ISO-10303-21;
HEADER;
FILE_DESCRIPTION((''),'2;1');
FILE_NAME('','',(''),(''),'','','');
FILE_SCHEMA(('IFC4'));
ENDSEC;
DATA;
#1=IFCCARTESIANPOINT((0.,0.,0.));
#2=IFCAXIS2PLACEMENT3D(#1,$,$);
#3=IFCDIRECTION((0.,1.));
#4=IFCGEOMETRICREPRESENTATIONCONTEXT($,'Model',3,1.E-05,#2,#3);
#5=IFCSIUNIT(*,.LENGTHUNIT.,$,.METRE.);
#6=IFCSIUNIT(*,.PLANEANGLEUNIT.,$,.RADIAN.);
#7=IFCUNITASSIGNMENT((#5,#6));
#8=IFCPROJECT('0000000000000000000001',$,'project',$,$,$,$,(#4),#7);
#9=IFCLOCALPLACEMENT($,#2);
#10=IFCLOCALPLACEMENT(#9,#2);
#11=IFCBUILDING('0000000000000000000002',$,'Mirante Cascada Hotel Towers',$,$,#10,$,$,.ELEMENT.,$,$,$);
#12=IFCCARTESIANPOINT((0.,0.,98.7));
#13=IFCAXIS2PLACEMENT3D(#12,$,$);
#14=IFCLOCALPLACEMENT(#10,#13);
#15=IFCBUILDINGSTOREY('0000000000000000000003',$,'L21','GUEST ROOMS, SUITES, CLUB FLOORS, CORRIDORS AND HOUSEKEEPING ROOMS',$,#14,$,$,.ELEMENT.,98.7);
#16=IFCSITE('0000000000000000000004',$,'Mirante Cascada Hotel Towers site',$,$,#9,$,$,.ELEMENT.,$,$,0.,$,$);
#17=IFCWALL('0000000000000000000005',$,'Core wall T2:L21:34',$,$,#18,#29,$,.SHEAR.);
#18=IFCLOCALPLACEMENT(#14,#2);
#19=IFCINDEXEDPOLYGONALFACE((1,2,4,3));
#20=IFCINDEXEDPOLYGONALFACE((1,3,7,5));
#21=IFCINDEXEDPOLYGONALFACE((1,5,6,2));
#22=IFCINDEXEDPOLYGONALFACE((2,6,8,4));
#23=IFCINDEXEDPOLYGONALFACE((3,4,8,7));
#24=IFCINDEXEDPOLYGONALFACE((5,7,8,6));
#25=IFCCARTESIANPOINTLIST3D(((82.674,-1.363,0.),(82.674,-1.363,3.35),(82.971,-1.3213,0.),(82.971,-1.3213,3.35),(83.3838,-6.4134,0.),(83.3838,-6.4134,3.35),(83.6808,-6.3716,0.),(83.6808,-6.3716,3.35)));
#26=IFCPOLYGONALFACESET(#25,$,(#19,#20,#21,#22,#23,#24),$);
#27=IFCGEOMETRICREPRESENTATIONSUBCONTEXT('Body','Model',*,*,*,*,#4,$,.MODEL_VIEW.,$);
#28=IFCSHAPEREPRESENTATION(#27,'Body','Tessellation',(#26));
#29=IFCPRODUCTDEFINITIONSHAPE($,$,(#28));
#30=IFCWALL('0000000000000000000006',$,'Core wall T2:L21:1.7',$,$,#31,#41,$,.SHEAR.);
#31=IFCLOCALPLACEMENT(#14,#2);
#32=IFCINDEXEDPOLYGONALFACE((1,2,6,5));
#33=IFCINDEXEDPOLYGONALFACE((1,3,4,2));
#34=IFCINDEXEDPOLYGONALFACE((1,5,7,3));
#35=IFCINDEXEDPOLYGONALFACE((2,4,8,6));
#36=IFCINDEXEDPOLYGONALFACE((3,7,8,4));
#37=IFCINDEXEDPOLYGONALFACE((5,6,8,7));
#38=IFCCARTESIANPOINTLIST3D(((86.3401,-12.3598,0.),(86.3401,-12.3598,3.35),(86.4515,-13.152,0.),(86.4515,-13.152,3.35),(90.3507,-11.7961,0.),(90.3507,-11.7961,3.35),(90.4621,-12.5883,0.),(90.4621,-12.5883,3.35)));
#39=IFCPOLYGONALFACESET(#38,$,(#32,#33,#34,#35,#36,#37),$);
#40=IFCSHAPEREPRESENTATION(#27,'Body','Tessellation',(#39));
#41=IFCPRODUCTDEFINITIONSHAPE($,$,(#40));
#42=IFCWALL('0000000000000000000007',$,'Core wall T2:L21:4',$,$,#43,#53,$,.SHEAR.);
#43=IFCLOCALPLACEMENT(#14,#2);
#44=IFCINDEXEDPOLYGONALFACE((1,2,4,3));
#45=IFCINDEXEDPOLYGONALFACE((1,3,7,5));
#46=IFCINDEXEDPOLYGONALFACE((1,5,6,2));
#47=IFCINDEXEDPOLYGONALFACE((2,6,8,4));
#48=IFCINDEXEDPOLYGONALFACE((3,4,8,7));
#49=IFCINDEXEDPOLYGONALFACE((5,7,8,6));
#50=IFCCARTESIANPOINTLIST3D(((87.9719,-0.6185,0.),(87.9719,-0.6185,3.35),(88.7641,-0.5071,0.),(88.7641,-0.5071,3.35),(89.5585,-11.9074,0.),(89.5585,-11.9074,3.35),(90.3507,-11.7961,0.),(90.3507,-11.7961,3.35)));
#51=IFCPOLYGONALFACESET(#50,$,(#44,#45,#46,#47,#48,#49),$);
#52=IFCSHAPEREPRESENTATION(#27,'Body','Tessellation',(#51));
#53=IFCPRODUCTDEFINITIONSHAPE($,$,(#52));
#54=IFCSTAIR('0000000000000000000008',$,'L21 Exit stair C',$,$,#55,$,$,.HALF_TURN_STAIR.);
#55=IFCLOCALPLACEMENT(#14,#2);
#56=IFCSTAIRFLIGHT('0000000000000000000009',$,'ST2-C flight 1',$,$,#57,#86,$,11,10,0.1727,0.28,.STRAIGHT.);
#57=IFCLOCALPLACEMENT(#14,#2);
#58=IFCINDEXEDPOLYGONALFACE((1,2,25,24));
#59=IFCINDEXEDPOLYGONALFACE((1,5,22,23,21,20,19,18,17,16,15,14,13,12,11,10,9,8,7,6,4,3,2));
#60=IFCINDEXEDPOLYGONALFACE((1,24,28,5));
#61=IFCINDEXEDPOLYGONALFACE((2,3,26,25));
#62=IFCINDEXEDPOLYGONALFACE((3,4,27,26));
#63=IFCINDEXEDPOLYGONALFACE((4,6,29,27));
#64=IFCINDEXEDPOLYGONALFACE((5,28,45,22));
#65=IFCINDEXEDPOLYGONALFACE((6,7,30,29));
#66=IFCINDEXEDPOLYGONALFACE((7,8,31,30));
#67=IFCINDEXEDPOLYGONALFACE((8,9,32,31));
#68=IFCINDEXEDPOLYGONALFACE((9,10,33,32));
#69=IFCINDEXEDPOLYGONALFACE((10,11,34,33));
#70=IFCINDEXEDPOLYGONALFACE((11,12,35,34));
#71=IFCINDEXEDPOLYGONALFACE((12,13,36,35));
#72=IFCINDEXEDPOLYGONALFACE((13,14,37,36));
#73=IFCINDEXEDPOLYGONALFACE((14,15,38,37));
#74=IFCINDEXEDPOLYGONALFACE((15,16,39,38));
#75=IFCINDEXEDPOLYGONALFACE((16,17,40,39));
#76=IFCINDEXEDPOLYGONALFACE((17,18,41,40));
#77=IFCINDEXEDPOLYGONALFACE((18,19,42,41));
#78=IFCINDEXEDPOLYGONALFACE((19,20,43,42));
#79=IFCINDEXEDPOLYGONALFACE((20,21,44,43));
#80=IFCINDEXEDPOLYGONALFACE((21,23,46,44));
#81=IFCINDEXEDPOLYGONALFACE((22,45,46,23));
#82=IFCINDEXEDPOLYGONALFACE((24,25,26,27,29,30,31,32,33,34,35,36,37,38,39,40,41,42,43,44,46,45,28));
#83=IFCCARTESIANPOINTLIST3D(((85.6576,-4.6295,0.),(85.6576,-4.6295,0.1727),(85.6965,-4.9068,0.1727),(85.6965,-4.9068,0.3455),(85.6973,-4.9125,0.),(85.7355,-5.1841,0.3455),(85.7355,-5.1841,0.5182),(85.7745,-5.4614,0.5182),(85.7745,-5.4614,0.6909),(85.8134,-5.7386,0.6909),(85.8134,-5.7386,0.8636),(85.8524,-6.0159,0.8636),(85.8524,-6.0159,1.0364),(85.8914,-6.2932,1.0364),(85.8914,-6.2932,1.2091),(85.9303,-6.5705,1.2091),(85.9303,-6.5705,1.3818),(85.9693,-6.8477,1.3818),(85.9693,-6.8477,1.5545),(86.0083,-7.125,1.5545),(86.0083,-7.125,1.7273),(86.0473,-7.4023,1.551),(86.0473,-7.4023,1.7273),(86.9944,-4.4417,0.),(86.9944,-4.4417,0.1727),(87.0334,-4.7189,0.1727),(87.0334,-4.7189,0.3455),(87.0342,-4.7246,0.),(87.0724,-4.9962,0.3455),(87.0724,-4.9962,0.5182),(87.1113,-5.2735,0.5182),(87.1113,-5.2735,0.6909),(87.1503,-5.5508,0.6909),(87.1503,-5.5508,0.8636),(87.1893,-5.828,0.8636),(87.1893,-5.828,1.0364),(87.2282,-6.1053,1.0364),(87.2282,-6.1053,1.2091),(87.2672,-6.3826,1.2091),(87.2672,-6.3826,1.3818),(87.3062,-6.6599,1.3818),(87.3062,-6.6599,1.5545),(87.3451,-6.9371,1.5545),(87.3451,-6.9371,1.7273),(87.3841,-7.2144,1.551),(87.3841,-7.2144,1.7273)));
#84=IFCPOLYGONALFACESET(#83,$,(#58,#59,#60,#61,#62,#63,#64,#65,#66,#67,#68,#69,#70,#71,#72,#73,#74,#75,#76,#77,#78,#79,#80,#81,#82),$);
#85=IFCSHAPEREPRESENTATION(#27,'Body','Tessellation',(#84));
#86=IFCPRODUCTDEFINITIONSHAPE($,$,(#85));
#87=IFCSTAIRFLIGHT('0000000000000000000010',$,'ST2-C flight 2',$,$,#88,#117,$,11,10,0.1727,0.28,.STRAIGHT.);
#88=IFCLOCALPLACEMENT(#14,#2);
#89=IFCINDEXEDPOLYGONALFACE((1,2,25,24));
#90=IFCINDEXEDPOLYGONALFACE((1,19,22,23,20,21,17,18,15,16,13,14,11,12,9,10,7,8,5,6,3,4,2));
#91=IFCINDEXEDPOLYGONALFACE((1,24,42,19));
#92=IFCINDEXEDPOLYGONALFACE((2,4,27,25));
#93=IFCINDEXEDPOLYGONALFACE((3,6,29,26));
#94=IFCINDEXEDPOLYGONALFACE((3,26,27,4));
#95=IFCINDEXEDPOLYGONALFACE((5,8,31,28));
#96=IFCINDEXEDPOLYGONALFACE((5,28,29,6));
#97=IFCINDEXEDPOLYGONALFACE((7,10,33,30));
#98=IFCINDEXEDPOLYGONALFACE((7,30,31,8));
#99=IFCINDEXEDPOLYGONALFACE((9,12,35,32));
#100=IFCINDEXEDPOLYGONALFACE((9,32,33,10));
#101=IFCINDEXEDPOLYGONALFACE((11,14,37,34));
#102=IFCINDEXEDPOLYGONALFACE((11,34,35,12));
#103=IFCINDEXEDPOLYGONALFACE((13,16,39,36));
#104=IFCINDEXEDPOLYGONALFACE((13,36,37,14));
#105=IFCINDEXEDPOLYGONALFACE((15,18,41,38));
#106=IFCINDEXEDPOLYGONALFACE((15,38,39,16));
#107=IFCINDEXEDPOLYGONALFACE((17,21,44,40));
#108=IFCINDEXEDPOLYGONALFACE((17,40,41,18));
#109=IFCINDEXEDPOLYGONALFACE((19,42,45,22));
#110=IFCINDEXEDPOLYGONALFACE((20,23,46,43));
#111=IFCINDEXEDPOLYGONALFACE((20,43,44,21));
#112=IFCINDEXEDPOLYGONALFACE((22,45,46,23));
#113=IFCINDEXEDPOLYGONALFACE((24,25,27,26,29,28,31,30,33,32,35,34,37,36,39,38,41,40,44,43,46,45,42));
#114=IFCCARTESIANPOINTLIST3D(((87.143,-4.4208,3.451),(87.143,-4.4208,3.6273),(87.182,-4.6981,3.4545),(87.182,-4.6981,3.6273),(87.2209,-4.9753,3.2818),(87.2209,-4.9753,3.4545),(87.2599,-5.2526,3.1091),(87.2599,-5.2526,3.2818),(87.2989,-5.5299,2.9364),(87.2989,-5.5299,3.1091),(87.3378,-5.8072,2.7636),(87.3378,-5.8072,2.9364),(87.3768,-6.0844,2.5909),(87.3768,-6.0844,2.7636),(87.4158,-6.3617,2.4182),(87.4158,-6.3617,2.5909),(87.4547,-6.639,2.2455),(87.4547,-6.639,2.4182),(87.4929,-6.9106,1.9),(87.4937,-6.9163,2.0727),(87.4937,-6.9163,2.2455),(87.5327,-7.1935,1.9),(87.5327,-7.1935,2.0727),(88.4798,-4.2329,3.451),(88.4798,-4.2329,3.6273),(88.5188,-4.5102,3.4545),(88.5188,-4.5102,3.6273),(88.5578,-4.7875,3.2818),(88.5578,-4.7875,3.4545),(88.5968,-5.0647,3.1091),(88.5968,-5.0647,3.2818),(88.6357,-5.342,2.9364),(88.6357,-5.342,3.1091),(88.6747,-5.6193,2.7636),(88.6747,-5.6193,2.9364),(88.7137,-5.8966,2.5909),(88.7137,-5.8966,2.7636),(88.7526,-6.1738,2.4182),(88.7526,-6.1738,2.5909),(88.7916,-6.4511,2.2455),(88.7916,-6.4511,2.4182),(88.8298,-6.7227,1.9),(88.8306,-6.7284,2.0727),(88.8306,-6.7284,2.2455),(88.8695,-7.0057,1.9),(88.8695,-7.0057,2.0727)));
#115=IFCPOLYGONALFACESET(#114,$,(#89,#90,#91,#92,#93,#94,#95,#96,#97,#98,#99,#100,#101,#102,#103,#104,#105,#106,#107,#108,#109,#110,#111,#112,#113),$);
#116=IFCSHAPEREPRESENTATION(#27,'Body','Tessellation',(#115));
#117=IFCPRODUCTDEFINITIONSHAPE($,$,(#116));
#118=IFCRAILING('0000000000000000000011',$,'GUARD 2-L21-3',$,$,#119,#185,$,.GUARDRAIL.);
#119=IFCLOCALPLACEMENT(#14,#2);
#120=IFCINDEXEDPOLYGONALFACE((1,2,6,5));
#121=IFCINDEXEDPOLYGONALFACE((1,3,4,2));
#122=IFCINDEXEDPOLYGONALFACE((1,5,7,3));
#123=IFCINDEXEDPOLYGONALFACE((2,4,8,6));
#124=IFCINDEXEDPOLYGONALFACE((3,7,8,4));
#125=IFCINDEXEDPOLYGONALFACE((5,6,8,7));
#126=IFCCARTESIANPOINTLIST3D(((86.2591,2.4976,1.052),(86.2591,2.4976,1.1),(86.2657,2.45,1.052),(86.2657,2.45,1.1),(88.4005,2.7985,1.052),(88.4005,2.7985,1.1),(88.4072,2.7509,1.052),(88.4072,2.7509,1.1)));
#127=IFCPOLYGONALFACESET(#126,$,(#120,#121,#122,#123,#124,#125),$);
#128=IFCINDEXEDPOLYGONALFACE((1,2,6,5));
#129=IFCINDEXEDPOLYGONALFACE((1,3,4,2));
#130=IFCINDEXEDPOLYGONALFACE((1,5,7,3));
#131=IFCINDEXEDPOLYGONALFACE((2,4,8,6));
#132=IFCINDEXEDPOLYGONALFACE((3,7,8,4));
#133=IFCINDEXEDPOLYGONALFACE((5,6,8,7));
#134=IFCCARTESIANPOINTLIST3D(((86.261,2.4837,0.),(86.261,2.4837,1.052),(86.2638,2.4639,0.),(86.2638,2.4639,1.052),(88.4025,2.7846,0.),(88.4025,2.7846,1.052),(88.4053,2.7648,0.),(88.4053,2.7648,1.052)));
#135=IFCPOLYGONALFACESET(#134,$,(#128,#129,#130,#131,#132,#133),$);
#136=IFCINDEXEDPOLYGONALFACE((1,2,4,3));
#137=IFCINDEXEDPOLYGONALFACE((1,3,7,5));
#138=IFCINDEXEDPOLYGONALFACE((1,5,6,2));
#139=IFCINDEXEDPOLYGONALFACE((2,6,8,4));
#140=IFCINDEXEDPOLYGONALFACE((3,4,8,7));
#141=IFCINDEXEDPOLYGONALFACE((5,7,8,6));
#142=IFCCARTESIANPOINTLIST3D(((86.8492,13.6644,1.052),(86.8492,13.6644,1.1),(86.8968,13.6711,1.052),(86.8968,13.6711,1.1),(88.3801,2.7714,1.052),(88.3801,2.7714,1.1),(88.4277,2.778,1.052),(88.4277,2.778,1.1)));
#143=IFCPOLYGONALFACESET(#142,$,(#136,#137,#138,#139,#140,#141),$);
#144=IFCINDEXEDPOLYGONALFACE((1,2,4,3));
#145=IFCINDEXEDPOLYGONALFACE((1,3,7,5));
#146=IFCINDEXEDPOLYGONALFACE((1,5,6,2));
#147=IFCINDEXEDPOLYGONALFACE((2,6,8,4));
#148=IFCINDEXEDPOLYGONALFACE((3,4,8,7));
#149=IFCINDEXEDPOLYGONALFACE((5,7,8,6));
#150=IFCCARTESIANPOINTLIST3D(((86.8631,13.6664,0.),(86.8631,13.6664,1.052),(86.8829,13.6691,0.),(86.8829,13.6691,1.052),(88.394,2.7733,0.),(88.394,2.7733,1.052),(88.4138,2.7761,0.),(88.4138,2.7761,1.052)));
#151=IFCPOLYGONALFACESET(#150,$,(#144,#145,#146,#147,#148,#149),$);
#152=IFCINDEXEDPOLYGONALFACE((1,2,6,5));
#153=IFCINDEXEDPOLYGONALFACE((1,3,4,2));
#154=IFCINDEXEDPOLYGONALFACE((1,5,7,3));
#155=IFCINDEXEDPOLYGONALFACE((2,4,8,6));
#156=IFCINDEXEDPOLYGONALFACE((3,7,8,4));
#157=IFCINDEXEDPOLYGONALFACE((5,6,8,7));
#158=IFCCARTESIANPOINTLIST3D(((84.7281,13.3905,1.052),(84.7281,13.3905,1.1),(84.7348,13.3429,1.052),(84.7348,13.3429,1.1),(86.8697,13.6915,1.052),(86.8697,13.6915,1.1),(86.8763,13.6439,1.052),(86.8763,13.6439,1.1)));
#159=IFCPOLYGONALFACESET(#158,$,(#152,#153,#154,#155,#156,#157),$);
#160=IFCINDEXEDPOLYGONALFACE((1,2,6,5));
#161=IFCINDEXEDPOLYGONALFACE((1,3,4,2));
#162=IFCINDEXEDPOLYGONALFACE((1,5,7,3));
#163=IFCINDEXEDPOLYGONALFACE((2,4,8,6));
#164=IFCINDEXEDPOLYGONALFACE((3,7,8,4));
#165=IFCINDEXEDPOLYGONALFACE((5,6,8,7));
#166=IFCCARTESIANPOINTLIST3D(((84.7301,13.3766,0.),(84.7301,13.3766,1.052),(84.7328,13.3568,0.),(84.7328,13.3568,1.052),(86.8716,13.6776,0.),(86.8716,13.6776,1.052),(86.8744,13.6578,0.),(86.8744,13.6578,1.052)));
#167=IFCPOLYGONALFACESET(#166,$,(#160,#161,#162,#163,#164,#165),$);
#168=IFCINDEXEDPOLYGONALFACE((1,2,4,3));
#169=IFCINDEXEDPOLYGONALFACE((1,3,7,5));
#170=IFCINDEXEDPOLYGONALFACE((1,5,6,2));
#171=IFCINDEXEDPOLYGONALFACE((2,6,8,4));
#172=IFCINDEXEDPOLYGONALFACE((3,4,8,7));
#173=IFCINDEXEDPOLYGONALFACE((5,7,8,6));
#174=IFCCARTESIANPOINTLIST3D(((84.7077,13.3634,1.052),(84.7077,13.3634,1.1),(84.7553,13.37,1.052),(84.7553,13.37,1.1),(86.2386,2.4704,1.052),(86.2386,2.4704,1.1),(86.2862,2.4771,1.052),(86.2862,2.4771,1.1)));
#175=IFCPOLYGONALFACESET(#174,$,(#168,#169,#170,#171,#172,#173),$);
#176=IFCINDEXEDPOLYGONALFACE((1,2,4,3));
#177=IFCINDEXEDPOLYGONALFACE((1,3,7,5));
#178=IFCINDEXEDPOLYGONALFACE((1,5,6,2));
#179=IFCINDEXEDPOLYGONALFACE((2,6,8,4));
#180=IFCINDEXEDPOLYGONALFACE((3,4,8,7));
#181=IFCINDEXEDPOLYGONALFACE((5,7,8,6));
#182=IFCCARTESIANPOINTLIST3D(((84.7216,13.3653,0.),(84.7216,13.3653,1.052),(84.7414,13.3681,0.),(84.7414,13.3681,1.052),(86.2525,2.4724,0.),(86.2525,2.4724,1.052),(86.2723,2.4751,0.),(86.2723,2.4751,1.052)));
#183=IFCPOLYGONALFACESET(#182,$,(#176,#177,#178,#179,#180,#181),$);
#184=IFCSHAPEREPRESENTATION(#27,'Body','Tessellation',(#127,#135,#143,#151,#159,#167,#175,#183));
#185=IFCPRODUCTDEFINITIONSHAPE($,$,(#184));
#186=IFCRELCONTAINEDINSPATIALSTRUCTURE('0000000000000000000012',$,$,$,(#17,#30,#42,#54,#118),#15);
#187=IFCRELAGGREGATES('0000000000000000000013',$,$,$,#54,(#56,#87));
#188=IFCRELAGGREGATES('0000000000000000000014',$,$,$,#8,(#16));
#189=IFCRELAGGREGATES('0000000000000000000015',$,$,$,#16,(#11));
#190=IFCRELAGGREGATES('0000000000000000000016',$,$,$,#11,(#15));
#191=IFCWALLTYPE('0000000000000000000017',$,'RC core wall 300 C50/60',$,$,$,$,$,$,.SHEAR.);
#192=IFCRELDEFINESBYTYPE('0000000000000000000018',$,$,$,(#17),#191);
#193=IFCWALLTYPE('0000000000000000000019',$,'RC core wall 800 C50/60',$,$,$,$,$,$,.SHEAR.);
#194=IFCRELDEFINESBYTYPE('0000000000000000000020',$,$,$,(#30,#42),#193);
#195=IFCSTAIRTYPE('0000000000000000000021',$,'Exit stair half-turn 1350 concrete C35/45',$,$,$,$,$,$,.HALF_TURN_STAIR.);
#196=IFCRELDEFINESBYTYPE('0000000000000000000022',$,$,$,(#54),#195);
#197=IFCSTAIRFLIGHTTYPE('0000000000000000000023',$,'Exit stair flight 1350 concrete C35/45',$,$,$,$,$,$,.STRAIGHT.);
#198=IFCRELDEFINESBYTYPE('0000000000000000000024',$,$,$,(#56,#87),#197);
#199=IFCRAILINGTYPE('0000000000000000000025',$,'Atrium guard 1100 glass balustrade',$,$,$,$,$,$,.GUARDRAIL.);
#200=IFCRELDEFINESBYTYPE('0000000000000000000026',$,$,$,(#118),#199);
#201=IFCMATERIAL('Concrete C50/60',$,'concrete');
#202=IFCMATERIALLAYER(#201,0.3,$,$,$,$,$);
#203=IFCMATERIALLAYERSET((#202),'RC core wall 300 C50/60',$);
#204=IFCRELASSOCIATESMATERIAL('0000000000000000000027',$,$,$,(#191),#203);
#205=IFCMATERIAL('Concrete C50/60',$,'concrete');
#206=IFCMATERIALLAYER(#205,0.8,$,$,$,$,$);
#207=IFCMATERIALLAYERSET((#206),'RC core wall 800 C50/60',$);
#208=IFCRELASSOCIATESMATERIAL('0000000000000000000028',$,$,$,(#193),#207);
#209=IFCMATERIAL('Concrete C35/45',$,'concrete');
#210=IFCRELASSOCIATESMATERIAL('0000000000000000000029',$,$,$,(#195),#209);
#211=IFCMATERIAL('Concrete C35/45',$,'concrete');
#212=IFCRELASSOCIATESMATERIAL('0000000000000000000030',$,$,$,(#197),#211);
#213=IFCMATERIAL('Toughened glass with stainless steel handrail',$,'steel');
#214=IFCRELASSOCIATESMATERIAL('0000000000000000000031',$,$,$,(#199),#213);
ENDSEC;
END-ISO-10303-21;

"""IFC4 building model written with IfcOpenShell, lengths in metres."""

from ifc_helpers import new_model, si_unit, direction, frame, frame_2d, origin, origin_2d, place, context, subcontext, project, spatial, polyline, rectangle, outline, extrude, material, layer, layer_set, type_object, element, aggregate, save


model = new_model("IFC4")

# Units and contexts
model_context = context("Model", 3, precision=1e-05, world=origin(), true_north=direction((0.0, 1.0)))
body_context = subcontext(model_context, "Body", "Model", "MODEL_VIEW")
ifc_project = project(units=[si_unit("LENGTHUNIT", "METRE"), si_unit("PLANEANGLEUNIT", "RADIAN")], contexts=[model_context])

# Site, building, storey
site_placement = place(None, origin())
site = spatial("IfcSite", under=ifc_project, at=site_placement, Name="Mirante Cascada Hotel Towers site", CompositionType="ELEMENT", RefElevation=0.0)
building_placement = place(site_placement, origin())
building = spatial("IfcBuilding", under=site, at=building_placement, Name="Mirante Cascada Hotel Towers", CompositionType="ELEMENT")
storey_placement = place(building_placement, frame((0.0, 0.0, 98.7)))
storey = spatial("IfcBuildingStorey", under=building, at=storey_placement, Name="L21", Description="GUEST ROOMS, SUITES, CLUB FLOORS, CORRIDORS AND HOUSEKEEPING ROOMS", CompositionType="ELEMENT", Elevation=98.7)

# Shared definitions
ifc_material_1 = material(Name="Concrete C50/60", Category="concrete")
ifc_layer_1 = layer(ifc_material_1, 0.3)
ifc_layer_set_1 = layer_set([ifc_layer_1], Name="RC core wall 300 C50/60")
wall_type_1 = type_object("IfcWallType", Name="RC core wall 300 C50/60", PredefinedType="SHEAR", material=ifc_layer_set_1)

# Walls
wall_1_placement = place(storey_placement, frame((83.5323, -6.3925, 0.0), z_axis=(0.0, 0.0, 1.0), x_axis=(-0.139176, 0.990268, 0.0)))
element("IfcWall", 1, at=wall_1_placement, inside=storey, type_object=wall_type_1, Name="Core wall T2:L21:34", PredefinedType="SHEAR", context=body_context, shape_type="SweptSolid", body=[
    extrude(rectangle(XDim=5.1, YDim=0.3, at=frame_2d((2.55, 0.0))), origin(), (0.0, 0.0, 1.0), 3.35),
])
ifc_material_2 = material(Name="Concrete C50/60", Category="concrete")
ifc_layer_2 = layer(ifc_material_2, 0.8)
ifc_layer_set_2 = layer_set([ifc_layer_2], Name="RC core wall 800 C50/60")
wall_type_2 = type_object("IfcWallType", Name="RC core wall 800 C50/60", PredefinedType="SHEAR", material=ifc_layer_set_2)
wall_2_placement = place(storey_placement, frame((86.3958, -12.7559, 0.0), z_axis=(0.0, 0.0, 1.0), x_axis=(0.990267, 0.139184, 0.0)))
element("IfcWall", 2, at=wall_2_placement, inside=storey, type_object=wall_type_2, Name="Core wall T2:L21:1.7", PredefinedType="SHEAR", context=body_context, shape_type="SweptSolid", body=[
    extrude(rectangle(XDim=4.05, YDim=0.8, at=frame_2d((2.025, 0.0))), origin(), (0.0, 0.0, 1.0), 3.35),
])
wall_3_placement = place(storey_placement, frame((89.9546, -11.8518, 0.0), z_axis=(0.0, 0.0, 1.0), x_axis=(-0.139176, 0.990268, 0.0)))
element("IfcWall", 3, at=wall_3_placement, inside=storey, type_object=wall_type_2, Name="Core wall T2:L21:4", PredefinedType="SHEAR", context=body_context, shape_type="SweptSolid", body=[
    extrude(rectangle(XDim=11.3999, YDim=0.8, at=frame_2d((5.7, 0.0))), origin(), (0.0, 0.0, 1.0), 3.35),
])

# Stair, stair flights
ifc_material_3 = material(Name="Concrete C35/45", Category="concrete")
stair_type = type_object("IfcStairType", Name="Exit stair half-turn 1350 concrete C35/45", PredefinedType="HALF_TURN_STAIR", material=ifc_material_3)
stair_placement = place(storey_placement, origin())
stair = element("IfcStair", 4, at=stair_placement, inside=storey, type_object=stair_type, Name="L21 Exit stair C", PredefinedType="HALF_TURN_STAIR")
ifc_material_4 = material(Name="Concrete C35/45", Category="concrete")
stair_flight_type = type_object("IfcStairFlightType", Name="Exit stair flight 1350 concrete C35/45", PredefinedType="STRAIGHT", material=ifc_material_4)
stair_flight_1_placement = place(storey_placement, frame((86.326, -4.5356, 0.0), z_axis=(0.0, 0.0, 1.0), x_axis=(0.139173, -0.990268, 0.0)))
stair_flight_1 = element("IfcStairFlight", 5, at=stair_flight_1_placement, type_object=stair_flight_type, Name="ST2-C flight 1", NumberOfRisers=11, NumberOfTreads=10, PredefinedType="STRAIGHT", RiserHeight=0.1727, TreadLength=0.28, context=body_context, shape_type="SweptSolid", body=[
    extrude(outline(polyline([(0.0, 0.0), (0.0, 0.1727), (0.28, 0.1727), (0.28, 0.3455), (0.56, 0.3455), (0.56, 0.5182), (0.84, 0.5182), (0.84, 0.6909), (1.12, 0.6909), (1.12, 0.8636), (1.4, 0.8636), (1.4, 1.0364), (1.68, 1.0364), (1.68, 1.2091), (1.96, 1.2091), (1.96, 1.3818), (2.24, 1.3818), (2.24, 1.5545), (2.52, 1.5545), (2.52, 1.7273), (2.8, 1.7273), (2.8, 1.9), (2.8, 1.551), (0.2857, 0.0), (0.0, 0.0)])), frame((0.0, 0.675, 0.0), z_axis=(0.0, -1.0, 0.0), x_axis=(1.0, 0.0, 0.0)), (0.0, 0.0, 1.0), 1.35),
])
stair_flight_2_placement = place(storey_placement, frame((88.2011, -7.0996, 1.9), z_axis=(0.0, 0.0, 1.0), x_axis=(-0.139173, 0.990268, 0.0)))
stair_flight_2 = element("IfcStairFlight", 6, at=stair_flight_2_placement, type_object=stair_flight_type, Name="ST2-C flight 2", NumberOfRisers=11, NumberOfTreads=10, PredefinedType="STRAIGHT", RiserHeight=0.1727, TreadLength=0.28, context=body_context, shape_type="SweptSolid", body=[
    extrude(outline(polyline([(0.0, 0.0), (0.0, 0.1727), (0.28, 0.1727), (0.28, 0.3455), (0.56, 0.3455), (0.56, 0.5182), (0.84, 0.5182), (0.84, 0.6909), (1.12, 0.6909), (1.12, 0.8636), (1.4, 0.8636), (1.4, 1.0364), (1.68, 1.0364), (1.68, 1.2091), (1.96, 1.2091), (1.96, 1.3818), (2.24, 1.3818), (2.24, 1.5545), (2.52, 1.5545), (2.52, 1.7273), (2.8, 1.7273), (2.8, 1.9), (2.8, 1.551), (0.2857, 0.0), (0.0, 0.0)])), frame((0.0, 0.675, 0.0), z_axis=(0.0, -1.0, 0.0), x_axis=(1.0, 0.0, 0.0)), (0.0, 0.0, 1.0), 1.35),
])
aggregate(stair, [stair_flight_1, stair_flight_2])

# Railing
ifc_material_5 = material(Name="Toughened glass with stainless steel handrail", Category="steel")
railing_type_1 = type_object("IfcRailingType", Name="Atrium guard 1100 glass balustrade", PredefinedType="GUARDRAIL", material=ifc_material_5)
railing_1_placement = place(storey_placement, frame((86.2624, 2.4738, 0.0)))
element("IfcRailing", 7, at=railing_1_placement, inside=storey, type_object=railing_type_1, Name="GUARD 2-L21-3", PredefinedType="GUARDRAIL", context=body_context, shape_type="SweptSolid", body=[
    extrude(rectangle(XDim=0.048, YDim=0.048, at=origin_2d()), frame((0.0, 0.0, 1.076), z_axis=(0.990272, 0.139142, 0.0), x_axis=(-0.139142, 0.990272, 0.0)), (0.0, 0.0, 1.0), 2.1625),
    extrude(rectangle(XDim=0.02, YDim=1.052, at=origin_2d()), frame((0.0, 0.0, 0.526), z_axis=(0.990272, 0.139142, 0.0), x_axis=(-0.139142, 0.990272, 0.0)), (0.0, 0.0, 1.0), 2.1625),
    extrude(rectangle(XDim=0.048, YDim=0.048, at=origin_2d()), frame((2.1415, 0.3009, 1.076), z_axis=(-0.139172, 0.990268, 0.0), x_axis=(-0.990268, -0.139172, 0.0)), (0.0, 0.0, 1.0), 11.0001),
    extrude(rectangle(XDim=0.02, YDim=1.052, at=origin_2d()), frame((2.1415, 0.3009, 0.526), z_axis=(-0.139172, 0.990268, 0.0), x_axis=(-0.990268, -0.139172, 0.0)), (0.0, 0.0, 1.0), 11.0001),
    extrude(rectangle(XDim=0.048, YDim=0.048, at=origin_2d()), frame((0.6106, 11.1939, 1.076), z_axis=(-0.990266, -0.139187, 0.0), x_axis=(0.139187, -0.990266, 0.0)), (0.0, 0.0, 1.0), 2.1626),
    extrude(rectangle(XDim=0.02, YDim=1.052, at=origin_2d()), frame((0.6106, 11.1939, 0.526), z_axis=(-0.990266, -0.139187, 0.0), x_axis=(0.139187, -0.990266, 0.0)), (0.0, 0.0, 1.0), 2.1626),
    extrude(rectangle(XDim=0.048, YDim=0.048, at=origin_2d()), frame((-1.5309, 10.8929, 1.076), z_axis=(0.139173, -0.990268, 0.0), x_axis=(0.990268, 0.139173, 0.0)), (0.0, 0.0, 1.0), 11.0),
    extrude(rectangle(XDim=0.02, YDim=1.052, at=origin_2d()), frame((-1.5309, 10.8929, 0.526), z_axis=(0.139173, -0.990268, 0.0), x_axis=(0.990268, 0.139173, 0.0)), (0.0, 0.0, 1.0), 11.0),
])

save(model, "model.ifc")
